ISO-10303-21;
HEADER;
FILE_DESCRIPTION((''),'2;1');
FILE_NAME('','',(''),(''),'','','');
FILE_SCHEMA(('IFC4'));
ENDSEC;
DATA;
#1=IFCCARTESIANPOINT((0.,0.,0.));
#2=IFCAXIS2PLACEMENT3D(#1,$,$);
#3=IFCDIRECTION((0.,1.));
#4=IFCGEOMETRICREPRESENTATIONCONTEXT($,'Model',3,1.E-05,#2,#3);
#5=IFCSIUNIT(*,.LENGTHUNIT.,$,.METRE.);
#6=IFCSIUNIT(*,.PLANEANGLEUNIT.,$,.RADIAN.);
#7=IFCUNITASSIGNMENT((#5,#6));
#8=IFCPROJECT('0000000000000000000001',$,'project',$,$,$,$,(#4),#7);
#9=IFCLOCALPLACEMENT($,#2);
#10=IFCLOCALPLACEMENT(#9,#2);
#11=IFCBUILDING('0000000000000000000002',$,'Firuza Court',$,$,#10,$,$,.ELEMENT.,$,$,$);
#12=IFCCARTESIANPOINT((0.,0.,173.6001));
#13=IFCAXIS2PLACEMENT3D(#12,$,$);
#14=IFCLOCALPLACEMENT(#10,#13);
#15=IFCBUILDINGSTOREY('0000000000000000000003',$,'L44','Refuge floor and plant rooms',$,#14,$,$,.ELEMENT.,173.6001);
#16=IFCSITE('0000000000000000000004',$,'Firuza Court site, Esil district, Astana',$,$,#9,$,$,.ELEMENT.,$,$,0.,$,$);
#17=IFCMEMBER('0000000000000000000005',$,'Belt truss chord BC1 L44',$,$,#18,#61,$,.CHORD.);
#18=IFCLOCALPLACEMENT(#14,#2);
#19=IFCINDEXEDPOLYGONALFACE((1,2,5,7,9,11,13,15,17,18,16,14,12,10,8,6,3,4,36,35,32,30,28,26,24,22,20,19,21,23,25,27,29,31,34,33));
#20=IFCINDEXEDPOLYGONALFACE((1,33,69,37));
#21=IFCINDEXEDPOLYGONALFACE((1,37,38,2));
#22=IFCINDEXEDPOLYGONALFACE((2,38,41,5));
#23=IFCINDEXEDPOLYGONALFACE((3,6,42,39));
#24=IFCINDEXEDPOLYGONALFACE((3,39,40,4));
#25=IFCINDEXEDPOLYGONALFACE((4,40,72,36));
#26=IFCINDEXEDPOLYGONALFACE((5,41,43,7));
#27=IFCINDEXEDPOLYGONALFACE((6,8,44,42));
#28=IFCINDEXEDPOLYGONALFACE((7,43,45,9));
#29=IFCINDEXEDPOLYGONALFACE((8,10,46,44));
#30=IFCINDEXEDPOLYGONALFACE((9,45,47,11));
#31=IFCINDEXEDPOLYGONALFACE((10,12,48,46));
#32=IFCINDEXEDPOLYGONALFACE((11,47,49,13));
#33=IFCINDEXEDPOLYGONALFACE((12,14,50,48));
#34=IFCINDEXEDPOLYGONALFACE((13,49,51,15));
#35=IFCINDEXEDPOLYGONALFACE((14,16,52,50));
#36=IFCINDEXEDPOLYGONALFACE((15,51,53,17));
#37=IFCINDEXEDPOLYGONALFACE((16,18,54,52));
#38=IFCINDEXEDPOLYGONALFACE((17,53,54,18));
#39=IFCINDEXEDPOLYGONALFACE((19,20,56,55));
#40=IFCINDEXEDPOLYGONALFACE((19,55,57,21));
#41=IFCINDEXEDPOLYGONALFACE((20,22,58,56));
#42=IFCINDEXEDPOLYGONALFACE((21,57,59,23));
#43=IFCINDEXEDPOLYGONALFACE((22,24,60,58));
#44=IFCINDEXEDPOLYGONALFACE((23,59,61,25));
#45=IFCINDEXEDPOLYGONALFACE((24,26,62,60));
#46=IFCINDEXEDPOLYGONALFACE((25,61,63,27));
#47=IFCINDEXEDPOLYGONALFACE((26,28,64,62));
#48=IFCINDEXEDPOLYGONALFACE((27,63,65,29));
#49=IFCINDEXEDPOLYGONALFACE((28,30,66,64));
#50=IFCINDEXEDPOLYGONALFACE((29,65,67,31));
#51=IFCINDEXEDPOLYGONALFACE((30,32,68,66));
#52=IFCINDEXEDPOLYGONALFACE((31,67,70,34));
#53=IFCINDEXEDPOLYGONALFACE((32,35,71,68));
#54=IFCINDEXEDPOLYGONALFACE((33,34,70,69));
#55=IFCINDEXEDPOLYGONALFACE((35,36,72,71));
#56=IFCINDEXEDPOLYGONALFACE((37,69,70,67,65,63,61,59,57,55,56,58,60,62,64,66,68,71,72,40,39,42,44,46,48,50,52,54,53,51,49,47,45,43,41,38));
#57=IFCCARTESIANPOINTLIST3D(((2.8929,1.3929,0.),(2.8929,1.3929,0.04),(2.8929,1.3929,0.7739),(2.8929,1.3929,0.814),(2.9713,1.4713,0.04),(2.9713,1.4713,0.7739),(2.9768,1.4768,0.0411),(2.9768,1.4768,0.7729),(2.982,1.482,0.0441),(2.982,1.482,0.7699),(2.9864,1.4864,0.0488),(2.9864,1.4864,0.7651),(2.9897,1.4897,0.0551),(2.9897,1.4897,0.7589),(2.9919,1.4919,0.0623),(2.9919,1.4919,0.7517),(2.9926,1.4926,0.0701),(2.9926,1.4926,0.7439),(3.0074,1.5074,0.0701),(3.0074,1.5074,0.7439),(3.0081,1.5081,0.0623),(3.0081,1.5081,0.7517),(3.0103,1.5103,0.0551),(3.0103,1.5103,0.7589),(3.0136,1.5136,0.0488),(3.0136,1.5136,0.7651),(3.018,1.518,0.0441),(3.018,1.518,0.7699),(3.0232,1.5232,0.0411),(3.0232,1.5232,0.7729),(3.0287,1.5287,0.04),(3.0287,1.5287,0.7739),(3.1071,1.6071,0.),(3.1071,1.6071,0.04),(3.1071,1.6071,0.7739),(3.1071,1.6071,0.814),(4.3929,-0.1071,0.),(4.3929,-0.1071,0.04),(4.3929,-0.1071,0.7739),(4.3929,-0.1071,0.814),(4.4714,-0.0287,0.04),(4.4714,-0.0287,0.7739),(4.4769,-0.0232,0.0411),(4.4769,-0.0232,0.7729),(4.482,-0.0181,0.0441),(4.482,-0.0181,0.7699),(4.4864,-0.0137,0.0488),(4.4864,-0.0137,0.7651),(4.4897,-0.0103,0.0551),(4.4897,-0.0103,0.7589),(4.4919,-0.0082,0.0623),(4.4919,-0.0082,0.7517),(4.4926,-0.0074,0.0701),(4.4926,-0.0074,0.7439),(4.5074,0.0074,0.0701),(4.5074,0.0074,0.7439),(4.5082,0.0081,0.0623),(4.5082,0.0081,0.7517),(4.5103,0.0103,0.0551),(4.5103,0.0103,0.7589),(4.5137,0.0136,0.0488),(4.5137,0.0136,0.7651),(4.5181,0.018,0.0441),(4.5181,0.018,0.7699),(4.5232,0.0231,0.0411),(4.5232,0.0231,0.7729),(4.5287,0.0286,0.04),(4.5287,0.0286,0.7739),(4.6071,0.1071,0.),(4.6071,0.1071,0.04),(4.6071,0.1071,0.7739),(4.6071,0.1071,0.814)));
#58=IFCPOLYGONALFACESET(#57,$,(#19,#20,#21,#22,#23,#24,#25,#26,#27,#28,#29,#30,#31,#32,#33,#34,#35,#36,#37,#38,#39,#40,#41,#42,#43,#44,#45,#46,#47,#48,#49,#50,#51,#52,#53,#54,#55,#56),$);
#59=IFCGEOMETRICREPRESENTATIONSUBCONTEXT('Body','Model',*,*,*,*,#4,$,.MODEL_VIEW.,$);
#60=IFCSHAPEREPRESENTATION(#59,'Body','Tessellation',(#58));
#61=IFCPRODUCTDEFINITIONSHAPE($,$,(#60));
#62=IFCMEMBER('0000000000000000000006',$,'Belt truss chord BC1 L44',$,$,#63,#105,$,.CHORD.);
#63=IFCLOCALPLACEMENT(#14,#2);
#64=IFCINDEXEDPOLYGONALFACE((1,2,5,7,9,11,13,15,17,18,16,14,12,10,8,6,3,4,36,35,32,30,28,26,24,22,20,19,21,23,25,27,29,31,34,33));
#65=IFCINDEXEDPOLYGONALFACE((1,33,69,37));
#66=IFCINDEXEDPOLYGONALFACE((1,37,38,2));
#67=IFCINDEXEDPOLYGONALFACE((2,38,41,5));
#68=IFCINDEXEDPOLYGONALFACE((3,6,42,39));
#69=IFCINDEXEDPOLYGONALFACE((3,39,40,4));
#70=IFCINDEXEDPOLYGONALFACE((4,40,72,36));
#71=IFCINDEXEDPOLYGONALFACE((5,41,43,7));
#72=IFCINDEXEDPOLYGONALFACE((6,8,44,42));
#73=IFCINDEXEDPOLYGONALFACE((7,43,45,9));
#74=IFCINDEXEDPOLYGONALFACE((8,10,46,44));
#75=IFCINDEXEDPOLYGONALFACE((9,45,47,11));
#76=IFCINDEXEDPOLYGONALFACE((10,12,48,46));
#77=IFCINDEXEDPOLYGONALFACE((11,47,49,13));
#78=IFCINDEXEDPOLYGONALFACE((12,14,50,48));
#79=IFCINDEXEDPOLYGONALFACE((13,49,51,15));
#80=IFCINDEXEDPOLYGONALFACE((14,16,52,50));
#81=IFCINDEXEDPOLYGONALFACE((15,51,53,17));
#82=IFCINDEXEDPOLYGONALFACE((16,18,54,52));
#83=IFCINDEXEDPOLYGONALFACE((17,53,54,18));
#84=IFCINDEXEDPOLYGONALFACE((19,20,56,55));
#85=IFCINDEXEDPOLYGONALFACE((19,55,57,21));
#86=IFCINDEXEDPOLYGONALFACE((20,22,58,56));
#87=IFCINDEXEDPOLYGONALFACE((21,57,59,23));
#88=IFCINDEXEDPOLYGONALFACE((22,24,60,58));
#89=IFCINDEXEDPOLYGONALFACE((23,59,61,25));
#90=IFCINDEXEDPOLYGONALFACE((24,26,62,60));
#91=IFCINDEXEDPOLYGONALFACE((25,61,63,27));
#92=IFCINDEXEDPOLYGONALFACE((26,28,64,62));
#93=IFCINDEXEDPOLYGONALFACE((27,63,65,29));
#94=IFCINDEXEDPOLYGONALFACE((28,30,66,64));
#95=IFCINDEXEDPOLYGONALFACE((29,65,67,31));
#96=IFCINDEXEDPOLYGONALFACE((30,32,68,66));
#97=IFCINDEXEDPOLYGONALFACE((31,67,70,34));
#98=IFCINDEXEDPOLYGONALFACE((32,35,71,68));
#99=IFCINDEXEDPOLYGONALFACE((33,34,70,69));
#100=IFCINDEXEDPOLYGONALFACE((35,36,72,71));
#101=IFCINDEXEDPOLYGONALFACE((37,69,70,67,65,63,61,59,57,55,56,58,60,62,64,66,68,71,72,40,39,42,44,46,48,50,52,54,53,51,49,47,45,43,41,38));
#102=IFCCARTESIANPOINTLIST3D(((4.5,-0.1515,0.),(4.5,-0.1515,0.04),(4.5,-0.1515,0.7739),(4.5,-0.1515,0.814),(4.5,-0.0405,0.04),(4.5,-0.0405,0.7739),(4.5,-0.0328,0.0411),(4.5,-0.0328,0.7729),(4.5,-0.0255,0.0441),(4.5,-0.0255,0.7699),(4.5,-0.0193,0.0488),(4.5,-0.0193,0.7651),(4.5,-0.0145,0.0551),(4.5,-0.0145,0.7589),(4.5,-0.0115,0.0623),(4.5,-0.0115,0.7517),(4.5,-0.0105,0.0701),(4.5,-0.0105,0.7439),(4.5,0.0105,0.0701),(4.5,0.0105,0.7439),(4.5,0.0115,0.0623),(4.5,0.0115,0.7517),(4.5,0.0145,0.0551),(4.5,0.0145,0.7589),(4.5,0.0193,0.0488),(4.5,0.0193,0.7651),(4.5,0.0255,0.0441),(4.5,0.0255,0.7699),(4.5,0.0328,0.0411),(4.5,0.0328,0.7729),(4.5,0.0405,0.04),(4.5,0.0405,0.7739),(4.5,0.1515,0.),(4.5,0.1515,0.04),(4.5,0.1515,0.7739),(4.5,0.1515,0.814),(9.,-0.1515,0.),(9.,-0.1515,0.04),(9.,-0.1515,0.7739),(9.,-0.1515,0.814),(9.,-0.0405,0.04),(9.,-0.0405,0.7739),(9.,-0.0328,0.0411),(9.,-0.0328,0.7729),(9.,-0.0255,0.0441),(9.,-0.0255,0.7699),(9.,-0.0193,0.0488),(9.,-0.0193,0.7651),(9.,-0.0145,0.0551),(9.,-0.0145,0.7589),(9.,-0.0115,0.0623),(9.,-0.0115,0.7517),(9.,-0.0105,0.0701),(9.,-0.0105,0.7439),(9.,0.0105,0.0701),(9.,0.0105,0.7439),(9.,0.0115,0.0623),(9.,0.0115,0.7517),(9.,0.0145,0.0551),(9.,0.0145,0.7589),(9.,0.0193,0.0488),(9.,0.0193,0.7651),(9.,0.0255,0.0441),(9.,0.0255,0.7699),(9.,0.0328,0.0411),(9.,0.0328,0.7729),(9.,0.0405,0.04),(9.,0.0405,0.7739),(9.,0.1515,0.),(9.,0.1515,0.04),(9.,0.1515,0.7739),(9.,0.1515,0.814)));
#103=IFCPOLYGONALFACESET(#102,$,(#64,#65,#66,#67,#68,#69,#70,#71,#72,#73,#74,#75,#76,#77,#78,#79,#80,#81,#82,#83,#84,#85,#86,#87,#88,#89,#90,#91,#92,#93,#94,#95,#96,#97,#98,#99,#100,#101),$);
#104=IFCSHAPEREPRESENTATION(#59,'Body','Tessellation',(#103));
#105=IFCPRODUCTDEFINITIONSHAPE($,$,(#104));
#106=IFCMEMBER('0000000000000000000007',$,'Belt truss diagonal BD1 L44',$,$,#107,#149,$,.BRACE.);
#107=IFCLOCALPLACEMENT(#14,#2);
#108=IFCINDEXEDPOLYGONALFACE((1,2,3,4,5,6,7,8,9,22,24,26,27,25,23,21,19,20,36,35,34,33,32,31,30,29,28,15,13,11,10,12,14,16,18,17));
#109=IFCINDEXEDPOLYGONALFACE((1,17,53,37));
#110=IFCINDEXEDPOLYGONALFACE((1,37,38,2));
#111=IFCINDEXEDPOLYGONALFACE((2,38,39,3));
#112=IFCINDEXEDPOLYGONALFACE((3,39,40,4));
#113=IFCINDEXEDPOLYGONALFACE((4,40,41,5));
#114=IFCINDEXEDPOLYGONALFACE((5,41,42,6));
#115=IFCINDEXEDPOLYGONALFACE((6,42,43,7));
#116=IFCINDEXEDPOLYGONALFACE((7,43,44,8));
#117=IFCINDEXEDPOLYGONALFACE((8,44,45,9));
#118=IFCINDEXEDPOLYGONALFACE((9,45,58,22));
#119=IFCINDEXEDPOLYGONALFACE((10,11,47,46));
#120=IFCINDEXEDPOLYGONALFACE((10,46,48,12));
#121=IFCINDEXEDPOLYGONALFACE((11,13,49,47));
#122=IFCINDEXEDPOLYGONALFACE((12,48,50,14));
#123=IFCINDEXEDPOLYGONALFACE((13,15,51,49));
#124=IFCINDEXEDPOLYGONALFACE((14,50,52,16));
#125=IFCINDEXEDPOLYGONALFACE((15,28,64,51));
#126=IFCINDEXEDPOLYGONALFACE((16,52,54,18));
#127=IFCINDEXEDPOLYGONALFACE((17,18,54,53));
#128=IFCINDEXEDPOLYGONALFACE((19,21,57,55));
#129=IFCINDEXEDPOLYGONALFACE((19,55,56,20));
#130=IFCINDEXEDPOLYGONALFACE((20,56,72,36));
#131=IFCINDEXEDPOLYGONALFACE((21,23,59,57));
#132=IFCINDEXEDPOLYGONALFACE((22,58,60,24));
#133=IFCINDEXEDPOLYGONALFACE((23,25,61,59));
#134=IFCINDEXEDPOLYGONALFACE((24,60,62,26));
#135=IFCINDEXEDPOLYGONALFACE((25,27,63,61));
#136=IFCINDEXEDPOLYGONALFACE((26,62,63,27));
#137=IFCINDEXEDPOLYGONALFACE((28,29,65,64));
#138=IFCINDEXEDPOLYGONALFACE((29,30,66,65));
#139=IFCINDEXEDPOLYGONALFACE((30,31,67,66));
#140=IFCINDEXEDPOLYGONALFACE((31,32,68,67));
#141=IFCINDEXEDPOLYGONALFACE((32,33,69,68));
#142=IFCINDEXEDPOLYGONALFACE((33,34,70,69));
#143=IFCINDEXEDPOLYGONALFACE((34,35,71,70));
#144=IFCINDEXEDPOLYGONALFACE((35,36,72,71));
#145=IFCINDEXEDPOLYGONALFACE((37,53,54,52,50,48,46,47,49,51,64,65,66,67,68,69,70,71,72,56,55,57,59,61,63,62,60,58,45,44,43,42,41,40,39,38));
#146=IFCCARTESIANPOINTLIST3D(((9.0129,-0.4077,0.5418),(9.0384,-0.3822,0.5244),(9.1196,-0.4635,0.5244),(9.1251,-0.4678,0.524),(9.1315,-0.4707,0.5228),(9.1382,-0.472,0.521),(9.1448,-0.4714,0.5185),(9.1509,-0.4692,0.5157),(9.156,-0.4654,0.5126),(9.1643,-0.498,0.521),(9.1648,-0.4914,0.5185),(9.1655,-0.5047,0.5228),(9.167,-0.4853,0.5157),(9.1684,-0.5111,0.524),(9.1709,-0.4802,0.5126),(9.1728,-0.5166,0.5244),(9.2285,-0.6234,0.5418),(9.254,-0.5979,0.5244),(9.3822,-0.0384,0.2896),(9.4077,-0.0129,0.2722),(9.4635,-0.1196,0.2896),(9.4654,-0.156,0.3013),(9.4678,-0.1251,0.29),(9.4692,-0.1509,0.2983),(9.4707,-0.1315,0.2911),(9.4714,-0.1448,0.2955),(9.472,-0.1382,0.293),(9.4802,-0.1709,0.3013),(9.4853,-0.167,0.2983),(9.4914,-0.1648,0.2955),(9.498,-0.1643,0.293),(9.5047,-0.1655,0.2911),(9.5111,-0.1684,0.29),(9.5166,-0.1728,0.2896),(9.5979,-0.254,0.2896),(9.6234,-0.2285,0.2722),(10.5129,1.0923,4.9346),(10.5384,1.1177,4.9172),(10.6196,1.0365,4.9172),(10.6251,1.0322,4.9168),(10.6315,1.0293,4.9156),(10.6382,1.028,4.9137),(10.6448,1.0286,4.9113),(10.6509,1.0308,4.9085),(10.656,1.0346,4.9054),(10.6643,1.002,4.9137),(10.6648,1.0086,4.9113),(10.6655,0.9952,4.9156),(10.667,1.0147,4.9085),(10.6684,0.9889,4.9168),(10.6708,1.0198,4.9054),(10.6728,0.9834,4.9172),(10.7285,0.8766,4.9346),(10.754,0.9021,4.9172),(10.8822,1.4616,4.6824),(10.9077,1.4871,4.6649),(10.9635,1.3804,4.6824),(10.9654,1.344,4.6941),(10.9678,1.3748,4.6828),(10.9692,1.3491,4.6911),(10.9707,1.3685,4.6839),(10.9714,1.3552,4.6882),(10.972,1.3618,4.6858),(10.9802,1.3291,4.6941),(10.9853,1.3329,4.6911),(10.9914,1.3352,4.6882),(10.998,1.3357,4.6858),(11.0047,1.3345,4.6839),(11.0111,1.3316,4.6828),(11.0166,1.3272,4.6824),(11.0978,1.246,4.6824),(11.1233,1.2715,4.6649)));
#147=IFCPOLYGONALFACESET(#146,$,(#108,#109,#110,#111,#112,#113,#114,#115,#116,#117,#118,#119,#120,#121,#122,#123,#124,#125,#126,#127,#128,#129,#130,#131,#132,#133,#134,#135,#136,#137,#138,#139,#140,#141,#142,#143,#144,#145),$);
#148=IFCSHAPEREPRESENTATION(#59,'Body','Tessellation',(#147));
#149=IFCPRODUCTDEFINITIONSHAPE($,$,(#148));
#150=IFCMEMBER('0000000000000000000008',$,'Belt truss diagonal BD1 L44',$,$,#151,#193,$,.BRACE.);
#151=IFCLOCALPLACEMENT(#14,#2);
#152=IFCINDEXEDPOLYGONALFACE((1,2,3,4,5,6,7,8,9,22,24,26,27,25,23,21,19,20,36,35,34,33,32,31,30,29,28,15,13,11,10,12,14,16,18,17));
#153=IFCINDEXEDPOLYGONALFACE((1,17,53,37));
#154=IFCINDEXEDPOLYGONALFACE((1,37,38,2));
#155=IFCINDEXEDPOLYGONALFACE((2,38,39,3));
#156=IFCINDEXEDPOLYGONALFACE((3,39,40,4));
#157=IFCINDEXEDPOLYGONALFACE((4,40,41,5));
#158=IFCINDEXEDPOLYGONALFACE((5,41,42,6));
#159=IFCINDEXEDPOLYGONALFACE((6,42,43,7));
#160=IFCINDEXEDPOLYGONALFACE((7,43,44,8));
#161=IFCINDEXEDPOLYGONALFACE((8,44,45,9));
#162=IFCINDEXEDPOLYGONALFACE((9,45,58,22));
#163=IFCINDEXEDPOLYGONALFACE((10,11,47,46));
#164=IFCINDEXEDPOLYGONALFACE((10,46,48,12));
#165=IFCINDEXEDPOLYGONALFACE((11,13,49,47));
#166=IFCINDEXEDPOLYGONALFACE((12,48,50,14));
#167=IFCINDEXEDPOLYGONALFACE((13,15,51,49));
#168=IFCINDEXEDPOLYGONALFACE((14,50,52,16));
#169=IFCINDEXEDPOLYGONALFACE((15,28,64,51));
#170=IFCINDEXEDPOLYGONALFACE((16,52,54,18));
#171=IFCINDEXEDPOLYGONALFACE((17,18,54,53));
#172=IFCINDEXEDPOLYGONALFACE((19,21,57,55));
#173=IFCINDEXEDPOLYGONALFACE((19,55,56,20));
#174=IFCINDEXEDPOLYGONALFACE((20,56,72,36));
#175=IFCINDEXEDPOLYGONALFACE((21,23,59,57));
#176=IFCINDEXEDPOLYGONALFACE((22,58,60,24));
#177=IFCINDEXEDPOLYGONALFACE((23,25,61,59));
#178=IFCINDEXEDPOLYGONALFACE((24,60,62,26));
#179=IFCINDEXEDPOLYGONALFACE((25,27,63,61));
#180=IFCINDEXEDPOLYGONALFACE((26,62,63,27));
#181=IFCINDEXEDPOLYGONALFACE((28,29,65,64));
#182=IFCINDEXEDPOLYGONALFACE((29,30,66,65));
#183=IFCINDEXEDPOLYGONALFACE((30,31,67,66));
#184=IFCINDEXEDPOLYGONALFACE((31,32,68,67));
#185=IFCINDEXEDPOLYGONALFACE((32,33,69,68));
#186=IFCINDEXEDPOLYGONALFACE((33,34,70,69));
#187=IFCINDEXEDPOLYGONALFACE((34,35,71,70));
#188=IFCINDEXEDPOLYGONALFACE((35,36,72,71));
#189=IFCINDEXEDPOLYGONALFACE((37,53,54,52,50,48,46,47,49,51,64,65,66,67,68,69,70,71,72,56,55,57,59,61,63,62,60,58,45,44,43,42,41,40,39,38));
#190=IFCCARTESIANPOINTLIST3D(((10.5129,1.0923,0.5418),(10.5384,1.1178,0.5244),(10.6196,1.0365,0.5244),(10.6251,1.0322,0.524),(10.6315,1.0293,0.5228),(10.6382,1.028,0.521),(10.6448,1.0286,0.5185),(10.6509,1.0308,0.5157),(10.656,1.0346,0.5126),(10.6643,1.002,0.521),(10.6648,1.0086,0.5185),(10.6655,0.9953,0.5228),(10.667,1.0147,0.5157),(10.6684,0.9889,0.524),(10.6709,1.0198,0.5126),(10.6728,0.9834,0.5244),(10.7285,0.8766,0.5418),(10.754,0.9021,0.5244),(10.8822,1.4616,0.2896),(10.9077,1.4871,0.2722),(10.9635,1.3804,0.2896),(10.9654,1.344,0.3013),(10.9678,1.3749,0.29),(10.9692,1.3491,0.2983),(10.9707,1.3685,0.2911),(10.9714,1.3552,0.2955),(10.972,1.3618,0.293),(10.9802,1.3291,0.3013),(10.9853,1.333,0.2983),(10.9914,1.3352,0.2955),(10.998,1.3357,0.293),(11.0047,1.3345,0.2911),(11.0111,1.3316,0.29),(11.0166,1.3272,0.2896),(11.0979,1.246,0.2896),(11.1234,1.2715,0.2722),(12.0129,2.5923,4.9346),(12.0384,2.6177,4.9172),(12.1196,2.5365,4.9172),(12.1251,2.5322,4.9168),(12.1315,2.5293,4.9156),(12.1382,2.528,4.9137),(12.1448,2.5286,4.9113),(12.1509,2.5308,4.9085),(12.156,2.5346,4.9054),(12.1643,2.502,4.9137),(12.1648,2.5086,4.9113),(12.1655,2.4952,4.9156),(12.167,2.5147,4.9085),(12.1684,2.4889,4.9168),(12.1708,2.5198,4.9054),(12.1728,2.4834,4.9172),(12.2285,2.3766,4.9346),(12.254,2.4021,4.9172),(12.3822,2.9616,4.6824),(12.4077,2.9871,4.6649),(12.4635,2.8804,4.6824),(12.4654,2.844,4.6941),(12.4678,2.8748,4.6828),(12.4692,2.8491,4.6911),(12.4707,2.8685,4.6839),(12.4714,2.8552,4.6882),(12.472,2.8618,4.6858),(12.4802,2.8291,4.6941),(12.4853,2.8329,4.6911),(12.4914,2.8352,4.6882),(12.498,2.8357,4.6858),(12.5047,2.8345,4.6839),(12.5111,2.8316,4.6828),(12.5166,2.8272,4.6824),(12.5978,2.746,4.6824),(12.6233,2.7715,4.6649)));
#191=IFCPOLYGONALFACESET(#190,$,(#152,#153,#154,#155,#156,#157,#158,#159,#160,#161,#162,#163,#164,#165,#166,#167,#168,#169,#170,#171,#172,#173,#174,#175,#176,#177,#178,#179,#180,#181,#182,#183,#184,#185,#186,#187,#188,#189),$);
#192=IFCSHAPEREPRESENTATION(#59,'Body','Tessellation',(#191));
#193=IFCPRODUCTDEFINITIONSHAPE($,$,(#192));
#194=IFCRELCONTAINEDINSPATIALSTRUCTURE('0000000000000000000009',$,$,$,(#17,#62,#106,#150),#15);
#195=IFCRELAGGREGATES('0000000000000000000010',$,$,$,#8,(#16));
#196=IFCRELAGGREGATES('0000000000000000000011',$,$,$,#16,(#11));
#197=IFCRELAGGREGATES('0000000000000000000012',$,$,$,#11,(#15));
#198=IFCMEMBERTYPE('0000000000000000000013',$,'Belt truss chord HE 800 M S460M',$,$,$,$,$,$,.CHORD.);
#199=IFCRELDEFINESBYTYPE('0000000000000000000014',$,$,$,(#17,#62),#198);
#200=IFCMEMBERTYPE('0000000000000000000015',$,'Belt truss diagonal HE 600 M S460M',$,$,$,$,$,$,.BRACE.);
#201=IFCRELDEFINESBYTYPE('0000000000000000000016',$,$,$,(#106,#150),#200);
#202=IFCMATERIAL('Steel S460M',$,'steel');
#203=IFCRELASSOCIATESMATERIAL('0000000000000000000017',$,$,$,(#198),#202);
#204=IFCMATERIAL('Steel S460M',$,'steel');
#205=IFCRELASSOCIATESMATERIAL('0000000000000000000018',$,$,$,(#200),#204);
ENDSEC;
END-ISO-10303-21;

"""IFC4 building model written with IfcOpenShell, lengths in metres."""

from ifc_helpers import new_model, si_unit, direction, frame, origin, origin_2d, place, context, subcontext, project, spatial, i_section, extrude, material, material_profile, profile_set, type_object, element, save


model = new_model("IFC4")

# Units and contexts
model_context = context("Model", 3, precision=1e-05, world=origin(), true_north=direction((0.0, 1.0)))
body_context = subcontext(model_context, "Body", "Model", "MODEL_VIEW")
ifc_project = project(units=[si_unit("LENGTHUNIT", "METRE"), si_unit("PLANEANGLEUNIT", "RADIAN")], contexts=[model_context])

# Site, building, storey
site_placement = place(None, origin())
site = spatial("IfcSite", under=ifc_project, at=site_placement, Name="Firuza Court site, Esil district, Astana", CompositionType="ELEMENT", RefElevation=0.0)
building_placement = place(site_placement, origin())
building = spatial("IfcBuilding", under=site, at=building_placement, Name="Firuza Court", CompositionType="ELEMENT")
storey_placement = place(building_placement, frame((0.0, 0.0, 173.6001)))
storey = spatial("IfcBuildingStorey", under=building, at=storey_placement, Name="L44", Description="Refuge floor and plant rooms", CompositionType="ELEMENT", Elevation=173.6001)

# Members
ifc_material_1 = material(Name="Steel S460M", Category="steel")
ifc_material_profile_1 = material_profile(ifc_material_1, i_section(OverallWidth=0.303, OverallDepth=0.814, WebThickness=0.021, FlangeThickness=0.04, FilletRadius=0.03, at=origin_2d()), Name="HE 800 M")
ifc_profile_set_1 = profile_set([ifc_material_profile_1], Name="Steel S460M")
member_type_1 = type_object("IfcMemberType", Name="Belt truss chord HE 800 M S460M", PredefinedType="CHORD", material=ifc_profile_set_1)
for number, where, z_axis, x_axis, name in (
    (1, (3.0, 1.5, 0.407), (0.707107, -0.707107, 0.0), (0.707107, 0.707107, 0.0), "Belt truss chord BC1 L44"),
):
    element("IfcMember", number, at=place(storey_placement, frame(where, z_axis=z_axis, x_axis=x_axis)), inside=storey, type_object=member_type_1, Name=name, PredefinedType="CHORD", context=body_context, shape_type="SweptSolid", body=[
        extrude(i_section(OverallWidth=0.303, OverallDepth=0.814, WebThickness=0.021, FlangeThickness=0.04, FilletRadius=0.03, at=origin_2d()), origin(), (0.0, 0.0, 1.0), 2.1213),
    ])
member_placement = place(storey_placement, frame((4.5, 0.0, 0.407), z_axis=(1.0, 0.0, 0.0), x_axis=(0.0, 1.0, 0.0)))
element("IfcMember", 2, at=member_placement, inside=storey, type_object=member_type_1, Name="Belt truss chord BC1 L44", PredefinedType="CHORD", context=body_context, shape_type="SweptSolid", body=[
    extrude(i_section(OverallWidth=0.303, OverallDepth=0.814, WebThickness=0.021, FlangeThickness=0.04, FilletRadius=0.03, at=origin_2d()), origin(), (0.0, 0.0, 1.0), 4.5),
])
ifc_material_2 = material(Name="Steel S460M", Category="steel")
ifc_material_profile_2 = material_profile(ifc_material_2, i_section(OverallWidth=0.3049, OverallDepth=0.6201, WebThickness=0.021, FlangeThickness=0.04, FilletRadius=0.0271, at=origin_2d()), Name="HE 600 M")
ifc_profile_set_2 = profile_set([ifc_material_profile_2], Name="Steel S460M")
member_type_2 = type_object("IfcMemberType", Name="Belt truss diagonal HE 600 M S460M", PredefinedType="BRACE", material=ifc_profile_set_2)
for number, where, z_axis, x_axis, name in (
    (3, (9.3181, -0.3181, 0.407), (0.30749, 0.30749, 0.9005), (-0.707107, 0.707107, 0.0), "Belt truss diagonal BD1 L44"),
    (4, (10.8181, 1.1819, 0.407), (0.30749, 0.30749, 0.9005), (-0.707107, 0.707107, 0.0), "Belt truss diagonal BD1 L44"),
):
    element("IfcMember", number, at=place(storey_placement, frame(where, z_axis=z_axis, x_axis=x_axis)), inside=storey, type_object=member_type_2, Name=name, PredefinedType="BRACE", context=body_context, shape_type="SweptSolid", body=[
        extrude(i_section(OverallWidth=0.3049, OverallDepth=0.6201, WebThickness=0.021, FlangeThickness=0.04, FilletRadius=0.0271, at=origin_2d()), origin(), (0.0, 0.0, 1.0), 4.8782),
    ])

save(model, "model.ifc")
